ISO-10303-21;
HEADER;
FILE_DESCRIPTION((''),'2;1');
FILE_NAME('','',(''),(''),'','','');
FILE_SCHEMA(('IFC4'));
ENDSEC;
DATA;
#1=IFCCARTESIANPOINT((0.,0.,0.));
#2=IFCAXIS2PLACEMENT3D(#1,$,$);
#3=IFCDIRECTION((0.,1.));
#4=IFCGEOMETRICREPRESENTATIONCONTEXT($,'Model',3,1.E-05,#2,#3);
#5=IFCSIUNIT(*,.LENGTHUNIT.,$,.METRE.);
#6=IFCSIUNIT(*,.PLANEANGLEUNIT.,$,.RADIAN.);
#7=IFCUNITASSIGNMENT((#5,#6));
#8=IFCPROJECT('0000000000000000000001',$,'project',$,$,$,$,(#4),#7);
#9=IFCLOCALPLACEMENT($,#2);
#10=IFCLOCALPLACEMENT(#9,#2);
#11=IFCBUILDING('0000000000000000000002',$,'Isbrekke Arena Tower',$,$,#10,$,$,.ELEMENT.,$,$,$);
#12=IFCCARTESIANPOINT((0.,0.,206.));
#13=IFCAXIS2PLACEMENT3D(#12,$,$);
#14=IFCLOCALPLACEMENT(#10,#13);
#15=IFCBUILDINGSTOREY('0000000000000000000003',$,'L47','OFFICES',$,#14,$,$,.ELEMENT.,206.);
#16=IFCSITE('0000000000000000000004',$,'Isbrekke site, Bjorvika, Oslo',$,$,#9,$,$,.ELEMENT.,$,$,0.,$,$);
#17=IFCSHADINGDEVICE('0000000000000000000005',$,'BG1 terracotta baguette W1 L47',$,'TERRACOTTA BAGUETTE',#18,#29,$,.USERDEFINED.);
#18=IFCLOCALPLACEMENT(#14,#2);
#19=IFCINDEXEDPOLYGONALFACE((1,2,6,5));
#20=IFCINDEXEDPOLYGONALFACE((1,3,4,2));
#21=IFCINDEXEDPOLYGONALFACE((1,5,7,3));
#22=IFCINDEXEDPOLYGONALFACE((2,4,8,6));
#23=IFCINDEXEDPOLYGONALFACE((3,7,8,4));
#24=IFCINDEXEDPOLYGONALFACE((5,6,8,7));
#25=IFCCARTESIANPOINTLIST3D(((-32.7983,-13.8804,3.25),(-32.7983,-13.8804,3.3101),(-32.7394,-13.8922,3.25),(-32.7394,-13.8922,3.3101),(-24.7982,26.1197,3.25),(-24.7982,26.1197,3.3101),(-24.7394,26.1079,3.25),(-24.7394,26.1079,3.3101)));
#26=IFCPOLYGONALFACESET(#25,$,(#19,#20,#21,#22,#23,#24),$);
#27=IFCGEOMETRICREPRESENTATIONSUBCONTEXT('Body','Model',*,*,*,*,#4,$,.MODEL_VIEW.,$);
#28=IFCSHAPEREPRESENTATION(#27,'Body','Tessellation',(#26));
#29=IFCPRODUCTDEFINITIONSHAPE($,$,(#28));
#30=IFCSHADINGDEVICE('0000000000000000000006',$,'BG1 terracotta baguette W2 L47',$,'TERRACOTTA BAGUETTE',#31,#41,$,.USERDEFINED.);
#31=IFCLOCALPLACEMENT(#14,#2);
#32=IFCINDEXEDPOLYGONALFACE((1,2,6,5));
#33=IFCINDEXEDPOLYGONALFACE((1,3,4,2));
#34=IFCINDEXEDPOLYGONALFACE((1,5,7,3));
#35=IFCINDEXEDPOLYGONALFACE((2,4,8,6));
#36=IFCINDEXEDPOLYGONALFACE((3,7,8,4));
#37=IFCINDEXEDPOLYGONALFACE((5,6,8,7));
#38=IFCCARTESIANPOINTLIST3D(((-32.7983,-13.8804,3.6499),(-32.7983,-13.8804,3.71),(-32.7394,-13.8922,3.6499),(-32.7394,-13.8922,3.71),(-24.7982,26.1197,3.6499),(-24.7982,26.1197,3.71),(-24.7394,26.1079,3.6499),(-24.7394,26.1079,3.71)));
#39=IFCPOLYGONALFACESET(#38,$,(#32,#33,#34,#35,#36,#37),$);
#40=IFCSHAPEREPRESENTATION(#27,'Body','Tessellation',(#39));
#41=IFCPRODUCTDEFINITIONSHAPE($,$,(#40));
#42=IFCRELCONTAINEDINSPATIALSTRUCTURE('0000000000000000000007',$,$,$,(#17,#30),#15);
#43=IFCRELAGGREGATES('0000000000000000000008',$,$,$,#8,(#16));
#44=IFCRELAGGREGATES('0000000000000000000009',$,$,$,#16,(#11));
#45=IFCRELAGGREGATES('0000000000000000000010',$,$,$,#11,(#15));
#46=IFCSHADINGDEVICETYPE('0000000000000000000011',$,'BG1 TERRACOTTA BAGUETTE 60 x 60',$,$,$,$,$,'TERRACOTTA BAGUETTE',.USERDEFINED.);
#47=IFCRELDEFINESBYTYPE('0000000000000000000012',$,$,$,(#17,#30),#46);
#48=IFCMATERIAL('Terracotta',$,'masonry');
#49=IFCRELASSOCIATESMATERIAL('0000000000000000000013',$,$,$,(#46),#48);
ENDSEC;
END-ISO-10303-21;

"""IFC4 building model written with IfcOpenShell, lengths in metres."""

from ifc_helpers import new_model, si_unit, direction, frame, origin, origin_2d, place, context, subcontext, project, spatial, rectangle, extrude, material, material_profile, profile_set, type_object, element, save


model = new_model("IFC4")

# Units and contexts
model_context = context("Model", 3, precision=1e-05, world=origin(), true_north=direction((0.0, 1.0)))
body_context = subcontext(model_context, "Body", "Model", "MODEL_VIEW")
ifc_project = project(units=[si_unit("LENGTHUNIT", "METRE"), si_unit("PLANEANGLEUNIT", "RADIAN")], contexts=[model_context])

# Site, building, storey
site_placement = place(None, origin())
site = spatial("IfcSite", under=ifc_project, at=site_placement, Name="Isbrekke site, Bjorvika, Oslo", CompositionType="ELEMENT", RefElevation=0.0)
building_placement = place(site_placement, origin())
building = spatial("IfcBuilding", under=site, at=building_placement, Name="Isbrekke Arena Tower", CompositionType="ELEMENT")
storey_placement = place(building_placement, frame((0.0, 0.0, 206.0)))
storey = spatial("IfcBuildingStorey", under=building, at=storey_placement, Name="L47", Description="OFFICES", CompositionType="ELEMENT", Elevation=206.0)

# Shading devices
ifc_material_1 = material(Name="Terracotta", Category="masonry")
ifc_material_profile_1 = material_profile(ifc_material_1, rectangle(XDim=0.0601, YDim=0.0601, at=origin_2d()), Name="BAGUETTE 60X60")
ifc_profile_set_1 = profile_set([ifc_material_profile_1], Name="Terracotta")
shading_device_type = type_object("IfcShadingDeviceType", Name="BG1 TERRACOTTA BAGUETTE 60 x 60", ElementType="TERRACOTTA BAGUETTE", PredefinedType="USERDEFINED", material=ifc_profile_set_1)
for number, where, z_axis, x_axis, name in (
    (1, (-24.7688, 26.1138, 3.28), (-0.196116, -0.980581, 0.0), (0.980581, -0.196116, 0.0), "BG1 terracotta baguette W1 L47"),
    (2, (-24.7688, 26.1138, 3.6799), (-0.196116, -0.980581, 0.0), (0.980581, -0.196116, 0.0), "BG1 terracotta baguette W2 L47"),
):
    element("IfcShadingDevice", number, at=place(storey_placement, frame(where, z_axis=z_axis, x_axis=x_axis)), inside=storey, type_object=shading_device_type, Name=name, ObjectType="TERRACOTTA BAGUETTE", PredefinedType="USERDEFINED", context=body_context, shape_type="SweptSolid", body=[
        extrude(rectangle(XDim=0.0601, YDim=0.0601, at=origin_2d()), origin(), (0.0, 0.0, 1.0), 40.7922),
    ])

save(model, "model.ifc")
